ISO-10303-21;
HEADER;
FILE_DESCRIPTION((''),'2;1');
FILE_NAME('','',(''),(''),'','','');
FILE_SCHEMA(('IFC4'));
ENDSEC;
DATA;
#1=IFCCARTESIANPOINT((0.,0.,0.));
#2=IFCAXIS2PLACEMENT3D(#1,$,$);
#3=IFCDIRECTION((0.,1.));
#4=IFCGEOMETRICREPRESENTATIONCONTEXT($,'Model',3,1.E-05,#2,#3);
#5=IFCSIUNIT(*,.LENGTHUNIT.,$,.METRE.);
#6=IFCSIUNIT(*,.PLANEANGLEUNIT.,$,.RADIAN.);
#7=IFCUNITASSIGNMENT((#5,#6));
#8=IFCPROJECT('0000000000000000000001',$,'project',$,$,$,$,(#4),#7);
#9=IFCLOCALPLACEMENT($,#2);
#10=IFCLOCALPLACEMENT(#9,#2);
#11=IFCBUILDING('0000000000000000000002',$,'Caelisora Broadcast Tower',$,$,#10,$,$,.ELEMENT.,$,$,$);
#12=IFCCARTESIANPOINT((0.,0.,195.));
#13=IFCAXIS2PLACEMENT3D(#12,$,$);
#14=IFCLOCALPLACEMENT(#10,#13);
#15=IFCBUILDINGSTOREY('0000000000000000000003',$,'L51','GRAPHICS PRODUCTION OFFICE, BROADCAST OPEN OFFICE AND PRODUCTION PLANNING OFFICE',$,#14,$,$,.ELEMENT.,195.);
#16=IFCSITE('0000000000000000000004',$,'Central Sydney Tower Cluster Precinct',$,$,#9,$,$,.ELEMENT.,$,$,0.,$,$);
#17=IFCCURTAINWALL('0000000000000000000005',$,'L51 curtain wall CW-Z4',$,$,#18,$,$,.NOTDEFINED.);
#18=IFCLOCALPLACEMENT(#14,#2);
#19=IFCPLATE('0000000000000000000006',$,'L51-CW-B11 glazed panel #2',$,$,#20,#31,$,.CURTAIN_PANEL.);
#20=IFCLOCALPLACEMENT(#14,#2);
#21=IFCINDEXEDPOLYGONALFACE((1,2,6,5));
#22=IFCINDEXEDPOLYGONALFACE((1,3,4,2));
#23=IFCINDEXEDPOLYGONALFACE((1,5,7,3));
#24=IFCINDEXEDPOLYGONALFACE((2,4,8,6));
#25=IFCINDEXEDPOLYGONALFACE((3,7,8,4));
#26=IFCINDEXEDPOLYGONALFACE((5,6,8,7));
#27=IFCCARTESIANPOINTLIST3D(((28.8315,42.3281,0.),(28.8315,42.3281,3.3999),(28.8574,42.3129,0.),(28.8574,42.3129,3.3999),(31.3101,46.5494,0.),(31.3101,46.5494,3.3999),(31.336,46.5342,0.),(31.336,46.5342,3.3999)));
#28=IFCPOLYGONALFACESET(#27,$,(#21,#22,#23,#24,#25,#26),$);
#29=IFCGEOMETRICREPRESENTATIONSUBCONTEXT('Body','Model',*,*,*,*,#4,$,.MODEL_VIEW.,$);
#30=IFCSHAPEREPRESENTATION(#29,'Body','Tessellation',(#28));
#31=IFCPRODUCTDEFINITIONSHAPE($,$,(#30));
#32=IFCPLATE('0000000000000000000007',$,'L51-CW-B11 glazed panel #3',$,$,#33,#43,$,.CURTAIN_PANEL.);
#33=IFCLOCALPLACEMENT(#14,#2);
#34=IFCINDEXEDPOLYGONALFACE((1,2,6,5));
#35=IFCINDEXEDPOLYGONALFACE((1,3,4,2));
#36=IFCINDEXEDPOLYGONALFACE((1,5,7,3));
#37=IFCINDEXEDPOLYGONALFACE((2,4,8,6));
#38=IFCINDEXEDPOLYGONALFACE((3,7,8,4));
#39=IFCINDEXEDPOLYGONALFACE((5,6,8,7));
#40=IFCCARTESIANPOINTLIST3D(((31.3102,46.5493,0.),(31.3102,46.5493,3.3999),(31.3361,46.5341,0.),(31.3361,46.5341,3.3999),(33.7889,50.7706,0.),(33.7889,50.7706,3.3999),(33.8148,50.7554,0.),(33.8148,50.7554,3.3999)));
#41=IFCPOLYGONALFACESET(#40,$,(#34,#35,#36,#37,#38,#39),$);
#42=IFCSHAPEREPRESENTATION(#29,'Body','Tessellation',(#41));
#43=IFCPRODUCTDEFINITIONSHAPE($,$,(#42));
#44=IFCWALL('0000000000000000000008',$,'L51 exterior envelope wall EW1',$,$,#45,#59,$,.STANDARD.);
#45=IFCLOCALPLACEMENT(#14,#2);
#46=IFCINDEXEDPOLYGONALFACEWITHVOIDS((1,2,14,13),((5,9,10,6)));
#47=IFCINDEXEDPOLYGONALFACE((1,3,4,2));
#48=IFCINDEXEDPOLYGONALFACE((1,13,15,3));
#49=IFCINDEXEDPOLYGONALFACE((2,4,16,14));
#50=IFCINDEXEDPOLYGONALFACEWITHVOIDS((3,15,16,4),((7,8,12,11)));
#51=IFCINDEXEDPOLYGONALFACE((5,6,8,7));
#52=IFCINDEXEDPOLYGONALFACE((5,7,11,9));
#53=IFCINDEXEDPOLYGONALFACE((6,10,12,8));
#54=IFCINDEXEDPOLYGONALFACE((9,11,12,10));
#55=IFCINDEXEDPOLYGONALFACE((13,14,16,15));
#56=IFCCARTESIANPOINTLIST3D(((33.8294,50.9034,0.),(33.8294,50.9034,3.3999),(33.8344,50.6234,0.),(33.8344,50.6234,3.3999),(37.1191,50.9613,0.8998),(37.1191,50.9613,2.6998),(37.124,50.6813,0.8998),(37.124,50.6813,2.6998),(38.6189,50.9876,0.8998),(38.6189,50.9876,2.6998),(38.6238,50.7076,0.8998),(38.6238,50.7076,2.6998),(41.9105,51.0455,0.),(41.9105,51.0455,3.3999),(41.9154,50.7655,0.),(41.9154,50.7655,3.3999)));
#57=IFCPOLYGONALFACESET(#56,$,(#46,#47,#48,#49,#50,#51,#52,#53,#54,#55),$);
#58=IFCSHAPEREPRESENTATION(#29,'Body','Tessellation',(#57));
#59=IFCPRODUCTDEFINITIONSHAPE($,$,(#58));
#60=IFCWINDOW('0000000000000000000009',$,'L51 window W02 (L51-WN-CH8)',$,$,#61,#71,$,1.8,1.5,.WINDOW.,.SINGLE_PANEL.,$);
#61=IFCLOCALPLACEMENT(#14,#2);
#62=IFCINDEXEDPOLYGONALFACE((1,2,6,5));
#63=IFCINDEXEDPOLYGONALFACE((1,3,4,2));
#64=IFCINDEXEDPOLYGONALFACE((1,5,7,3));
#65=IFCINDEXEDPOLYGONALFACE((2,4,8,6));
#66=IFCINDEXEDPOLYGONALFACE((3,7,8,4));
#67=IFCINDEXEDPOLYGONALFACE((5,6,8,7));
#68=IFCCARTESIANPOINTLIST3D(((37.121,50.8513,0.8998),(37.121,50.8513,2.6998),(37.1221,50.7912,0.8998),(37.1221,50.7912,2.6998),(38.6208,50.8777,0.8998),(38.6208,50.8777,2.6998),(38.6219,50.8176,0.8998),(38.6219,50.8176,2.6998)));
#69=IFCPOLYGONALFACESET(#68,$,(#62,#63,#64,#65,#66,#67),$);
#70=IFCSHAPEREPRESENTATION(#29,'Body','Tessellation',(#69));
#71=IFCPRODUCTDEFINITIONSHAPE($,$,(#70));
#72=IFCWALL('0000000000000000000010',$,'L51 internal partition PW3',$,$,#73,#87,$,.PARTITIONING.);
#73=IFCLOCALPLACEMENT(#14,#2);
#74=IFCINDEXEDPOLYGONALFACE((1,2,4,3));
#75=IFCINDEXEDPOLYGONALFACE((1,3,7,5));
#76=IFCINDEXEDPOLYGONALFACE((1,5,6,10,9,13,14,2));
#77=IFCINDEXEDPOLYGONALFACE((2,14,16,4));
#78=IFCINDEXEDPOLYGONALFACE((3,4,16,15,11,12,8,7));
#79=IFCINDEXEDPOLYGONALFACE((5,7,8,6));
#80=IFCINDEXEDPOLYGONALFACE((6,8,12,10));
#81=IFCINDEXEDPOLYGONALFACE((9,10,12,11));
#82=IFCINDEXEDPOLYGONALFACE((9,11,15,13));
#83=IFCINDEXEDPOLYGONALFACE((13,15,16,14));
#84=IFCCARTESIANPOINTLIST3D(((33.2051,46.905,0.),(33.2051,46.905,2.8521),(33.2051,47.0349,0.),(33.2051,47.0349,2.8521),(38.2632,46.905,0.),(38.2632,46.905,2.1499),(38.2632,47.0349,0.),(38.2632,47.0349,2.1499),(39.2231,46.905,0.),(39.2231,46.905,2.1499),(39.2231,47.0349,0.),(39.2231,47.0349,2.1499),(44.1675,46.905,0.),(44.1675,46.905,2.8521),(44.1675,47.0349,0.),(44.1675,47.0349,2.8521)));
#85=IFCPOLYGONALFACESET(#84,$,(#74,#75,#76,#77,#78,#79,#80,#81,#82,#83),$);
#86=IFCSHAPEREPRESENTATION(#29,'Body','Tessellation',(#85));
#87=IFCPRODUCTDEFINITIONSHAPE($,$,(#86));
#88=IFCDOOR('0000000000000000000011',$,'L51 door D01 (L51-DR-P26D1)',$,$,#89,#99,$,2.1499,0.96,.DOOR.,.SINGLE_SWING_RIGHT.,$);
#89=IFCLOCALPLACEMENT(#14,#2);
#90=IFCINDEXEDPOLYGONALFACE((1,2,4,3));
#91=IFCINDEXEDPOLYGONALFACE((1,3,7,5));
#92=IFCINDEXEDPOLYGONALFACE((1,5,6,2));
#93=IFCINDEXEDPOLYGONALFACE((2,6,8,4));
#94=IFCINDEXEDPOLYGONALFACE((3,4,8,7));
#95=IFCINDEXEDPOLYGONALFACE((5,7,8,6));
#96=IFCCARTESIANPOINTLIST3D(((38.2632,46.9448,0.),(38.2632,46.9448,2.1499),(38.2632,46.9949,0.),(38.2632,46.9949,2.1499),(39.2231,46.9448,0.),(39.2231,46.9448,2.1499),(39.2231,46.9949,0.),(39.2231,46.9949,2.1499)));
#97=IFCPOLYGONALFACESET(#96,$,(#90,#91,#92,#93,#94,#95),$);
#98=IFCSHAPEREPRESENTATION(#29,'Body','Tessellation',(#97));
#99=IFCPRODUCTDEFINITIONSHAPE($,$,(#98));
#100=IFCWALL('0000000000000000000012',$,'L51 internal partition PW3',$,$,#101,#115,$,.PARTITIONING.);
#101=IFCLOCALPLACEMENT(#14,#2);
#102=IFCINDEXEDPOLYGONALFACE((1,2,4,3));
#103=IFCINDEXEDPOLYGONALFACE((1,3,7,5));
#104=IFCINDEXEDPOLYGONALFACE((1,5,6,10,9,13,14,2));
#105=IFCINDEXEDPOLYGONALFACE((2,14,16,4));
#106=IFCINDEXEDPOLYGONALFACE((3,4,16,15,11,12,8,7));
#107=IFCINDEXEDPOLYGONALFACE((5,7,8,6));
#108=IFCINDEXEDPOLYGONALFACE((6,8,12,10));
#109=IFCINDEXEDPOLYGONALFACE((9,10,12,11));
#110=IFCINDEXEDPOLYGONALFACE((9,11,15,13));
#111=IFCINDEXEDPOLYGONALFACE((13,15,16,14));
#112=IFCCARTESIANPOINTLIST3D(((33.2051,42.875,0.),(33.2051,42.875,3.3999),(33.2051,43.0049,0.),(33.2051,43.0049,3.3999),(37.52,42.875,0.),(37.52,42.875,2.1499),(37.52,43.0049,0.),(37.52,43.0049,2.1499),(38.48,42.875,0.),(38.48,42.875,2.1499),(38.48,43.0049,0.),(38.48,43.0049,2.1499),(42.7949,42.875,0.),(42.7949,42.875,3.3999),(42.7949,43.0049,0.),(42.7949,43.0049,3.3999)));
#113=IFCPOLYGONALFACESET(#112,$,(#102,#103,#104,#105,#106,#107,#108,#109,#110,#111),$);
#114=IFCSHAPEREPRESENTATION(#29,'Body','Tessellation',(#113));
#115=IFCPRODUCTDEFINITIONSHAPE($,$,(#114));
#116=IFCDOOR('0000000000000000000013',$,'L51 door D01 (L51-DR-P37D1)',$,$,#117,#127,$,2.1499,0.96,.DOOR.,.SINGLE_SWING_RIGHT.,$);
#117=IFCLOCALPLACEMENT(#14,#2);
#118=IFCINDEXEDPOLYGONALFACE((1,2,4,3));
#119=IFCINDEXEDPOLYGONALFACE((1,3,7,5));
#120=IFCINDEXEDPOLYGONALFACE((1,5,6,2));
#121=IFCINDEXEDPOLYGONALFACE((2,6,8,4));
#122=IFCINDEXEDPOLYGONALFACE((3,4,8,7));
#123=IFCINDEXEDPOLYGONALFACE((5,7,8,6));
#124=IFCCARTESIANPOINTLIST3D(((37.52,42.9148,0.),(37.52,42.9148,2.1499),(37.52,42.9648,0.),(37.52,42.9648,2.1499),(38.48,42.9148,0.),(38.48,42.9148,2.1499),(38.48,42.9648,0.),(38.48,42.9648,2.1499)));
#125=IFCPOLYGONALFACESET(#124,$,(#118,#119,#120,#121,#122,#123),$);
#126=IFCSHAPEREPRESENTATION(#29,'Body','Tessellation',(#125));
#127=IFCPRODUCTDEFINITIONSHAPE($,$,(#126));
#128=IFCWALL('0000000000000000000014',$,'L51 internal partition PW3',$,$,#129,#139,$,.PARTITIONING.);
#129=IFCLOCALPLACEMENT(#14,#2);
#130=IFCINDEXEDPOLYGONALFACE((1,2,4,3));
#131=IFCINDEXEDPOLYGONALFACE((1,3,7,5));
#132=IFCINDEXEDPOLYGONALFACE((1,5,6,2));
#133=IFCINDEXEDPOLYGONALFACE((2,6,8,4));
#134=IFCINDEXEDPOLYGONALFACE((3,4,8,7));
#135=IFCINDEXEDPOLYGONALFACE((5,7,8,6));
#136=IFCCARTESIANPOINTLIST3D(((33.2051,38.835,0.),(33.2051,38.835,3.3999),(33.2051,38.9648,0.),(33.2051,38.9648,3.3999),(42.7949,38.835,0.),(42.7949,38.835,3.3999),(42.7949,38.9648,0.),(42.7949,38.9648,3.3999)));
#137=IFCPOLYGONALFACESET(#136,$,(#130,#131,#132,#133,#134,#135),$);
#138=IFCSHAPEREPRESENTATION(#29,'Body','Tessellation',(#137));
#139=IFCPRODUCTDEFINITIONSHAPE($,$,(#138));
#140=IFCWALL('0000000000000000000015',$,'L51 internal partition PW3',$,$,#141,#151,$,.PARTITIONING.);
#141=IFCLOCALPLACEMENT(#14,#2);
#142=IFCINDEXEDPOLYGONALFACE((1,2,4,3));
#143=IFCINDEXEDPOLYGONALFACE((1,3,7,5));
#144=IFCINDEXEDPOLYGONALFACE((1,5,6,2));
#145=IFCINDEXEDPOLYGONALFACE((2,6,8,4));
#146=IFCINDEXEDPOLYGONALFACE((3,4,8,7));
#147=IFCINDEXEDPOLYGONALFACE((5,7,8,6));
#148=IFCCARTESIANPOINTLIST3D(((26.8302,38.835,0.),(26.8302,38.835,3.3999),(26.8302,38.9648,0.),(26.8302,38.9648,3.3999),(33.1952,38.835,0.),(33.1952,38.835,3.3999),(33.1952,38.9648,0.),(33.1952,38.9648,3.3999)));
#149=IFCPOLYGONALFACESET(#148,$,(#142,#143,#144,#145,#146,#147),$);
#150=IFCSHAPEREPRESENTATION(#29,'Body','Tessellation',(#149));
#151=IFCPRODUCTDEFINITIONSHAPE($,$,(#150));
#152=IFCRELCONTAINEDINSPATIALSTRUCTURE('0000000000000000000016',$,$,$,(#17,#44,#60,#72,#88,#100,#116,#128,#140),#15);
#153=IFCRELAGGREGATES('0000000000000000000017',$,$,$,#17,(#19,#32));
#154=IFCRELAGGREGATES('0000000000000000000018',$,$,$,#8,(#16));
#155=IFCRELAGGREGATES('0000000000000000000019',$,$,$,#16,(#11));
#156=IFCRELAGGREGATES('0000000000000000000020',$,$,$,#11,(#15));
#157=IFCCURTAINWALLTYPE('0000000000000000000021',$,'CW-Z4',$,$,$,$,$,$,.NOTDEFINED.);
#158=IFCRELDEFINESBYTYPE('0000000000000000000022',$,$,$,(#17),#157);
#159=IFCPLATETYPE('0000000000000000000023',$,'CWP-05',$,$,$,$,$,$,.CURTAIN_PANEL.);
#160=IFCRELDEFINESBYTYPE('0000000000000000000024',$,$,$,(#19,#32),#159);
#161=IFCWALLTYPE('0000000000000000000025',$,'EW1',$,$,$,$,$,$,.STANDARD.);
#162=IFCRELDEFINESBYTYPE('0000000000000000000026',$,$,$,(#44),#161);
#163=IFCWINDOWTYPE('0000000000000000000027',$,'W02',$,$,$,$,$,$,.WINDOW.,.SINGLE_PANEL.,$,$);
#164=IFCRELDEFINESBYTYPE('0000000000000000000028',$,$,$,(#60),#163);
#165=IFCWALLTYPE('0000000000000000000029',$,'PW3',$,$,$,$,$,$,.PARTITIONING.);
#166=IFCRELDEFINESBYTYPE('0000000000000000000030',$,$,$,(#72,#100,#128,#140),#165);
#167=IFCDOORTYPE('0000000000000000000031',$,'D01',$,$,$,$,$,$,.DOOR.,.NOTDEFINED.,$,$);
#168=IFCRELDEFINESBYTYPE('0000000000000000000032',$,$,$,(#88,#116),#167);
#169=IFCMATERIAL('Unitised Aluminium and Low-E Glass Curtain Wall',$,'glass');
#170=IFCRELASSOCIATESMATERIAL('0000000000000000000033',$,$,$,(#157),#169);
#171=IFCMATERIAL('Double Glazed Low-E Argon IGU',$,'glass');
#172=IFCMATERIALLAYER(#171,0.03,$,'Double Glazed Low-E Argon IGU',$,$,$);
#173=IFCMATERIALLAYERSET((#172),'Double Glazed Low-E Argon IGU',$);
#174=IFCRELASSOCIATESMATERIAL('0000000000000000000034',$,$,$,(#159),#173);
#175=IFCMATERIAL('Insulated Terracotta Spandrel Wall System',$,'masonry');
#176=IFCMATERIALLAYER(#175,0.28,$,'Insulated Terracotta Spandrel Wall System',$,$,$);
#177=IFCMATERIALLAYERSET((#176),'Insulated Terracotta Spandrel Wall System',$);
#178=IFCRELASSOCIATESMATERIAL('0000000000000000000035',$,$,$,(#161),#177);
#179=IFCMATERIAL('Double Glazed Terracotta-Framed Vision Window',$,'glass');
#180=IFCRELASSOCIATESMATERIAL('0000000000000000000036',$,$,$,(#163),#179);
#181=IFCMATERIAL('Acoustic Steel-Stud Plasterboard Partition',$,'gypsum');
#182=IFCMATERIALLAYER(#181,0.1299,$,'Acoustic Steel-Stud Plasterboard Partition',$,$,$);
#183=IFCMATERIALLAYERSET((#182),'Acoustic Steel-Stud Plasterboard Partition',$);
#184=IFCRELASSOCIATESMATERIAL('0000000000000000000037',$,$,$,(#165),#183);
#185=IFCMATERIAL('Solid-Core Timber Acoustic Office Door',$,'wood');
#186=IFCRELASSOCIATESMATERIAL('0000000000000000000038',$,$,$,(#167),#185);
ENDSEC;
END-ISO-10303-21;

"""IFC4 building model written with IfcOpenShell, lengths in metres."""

from ifc_helpers import new_model, si_unit, direction, frame, frame_2d, origin, origin_2d, place, context, subcontext, project, spatial, rectangle, extrude, source, transform, mapped, material, layer, layer_set, type_object, type_shapes, element, fill, aggregate, save


model = new_model("IFC4")

# Units and contexts
model_context = context("Model", 3, precision=1e-05, world=origin(), true_north=direction((0.0, 1.0)))
body_context = subcontext(model_context, "Body", "Model", "MODEL_VIEW")
ifc_project = project(units=[si_unit("LENGTHUNIT", "METRE"), si_unit("PLANEANGLEUNIT", "RADIAN")], contexts=[model_context])

# Site, building, storey
site_placement = place(None, origin())
site = spatial("IfcSite", under=ifc_project, at=site_placement, Name="Central Sydney Tower Cluster Precinct", CompositionType="ELEMENT", RefElevation=0.0)
building_placement = place(site_placement, origin())
building = spatial("IfcBuilding", under=site, at=building_placement, Name="Caelisora Broadcast Tower", CompositionType="ELEMENT")
storey_placement = place(building_placement, frame((0.0, 0.0, 195.0)))
storey = spatial("IfcBuildingStorey", under=building, at=storey_placement, Name="L51", Description="GRAPHICS PRODUCTION OFFICE, BROADCAST OPEN OFFICE AND PRODUCTION PLANNING OFFICE", CompositionType="ELEMENT", Elevation=195.0)

# Curtain wall, plates
ifc_material_1 = material(Name="Unitised Aluminium and Low-E Glass Curtain Wall", Category="glass")
curtain_wall_type = type_object("IfcCurtainWallType", Name="CW-Z4", PredefinedType="NOTDEFINED", material=ifc_material_1)
curtain_wall_placement = place(storey_placement, origin())
curtain_wall = element("IfcCurtainWall", 1, at=curtain_wall_placement, inside=storey, type_object=curtain_wall_type, Name="L51 curtain wall CW-Z4", PredefinedType="NOTDEFINED")
ifc_material_2 = material(Name="Double Glazed Low-E Argon IGU", Category="glass")
ifc_layer_1 = layer(ifc_material_2, 0.03, Name="Double Glazed Low-E Argon IGU")
ifc_layer_set_1 = layer_set([ifc_layer_1], Name="Double Glazed Low-E Argon IGU")
plate_type = type_object("IfcPlateType", Name="CWP-05", PredefinedType="CURTAIN_PANEL", material=ifc_layer_set_1)
shared_shape_1 = source(origin(), body_context, "Body", "SweptSolid", [
    extrude(rectangle(XDim=4.8953, YDim=0.03, at=origin_2d()), origin(), (0.0, 0.0, 1.0), 3.3999),
])
type_shapes(plate_type, [shared_shape_1])
plate_1_placement = place(storey_placement, frame((30.0837, 44.4312, 0.0), z_axis=(0.0, 0.0, 1.0), x_axis=(0.506335, 0.862337, 0.0)))
plate_1 = element("IfcPlate", 2, at=plate_1_placement, type_object=plate_type, Name="L51-CW-B11 glazed panel #2", PredefinedType="CURTAIN_PANEL", context=body_context, shape_type="MappedRepresentation", body=[
    mapped(shared_shape_1, transform((0.0, 0.0, 0.0), scale=1.0)),
])
plate_2_placement = place(storey_placement, frame((32.5625, 48.6523, 0.0), z_axis=(0.0, 0.0, 1.0), x_axis=(0.506335, 0.862337, 0.0)))
plate_2 = element("IfcPlate", 3, at=plate_2_placement, type_object=plate_type, Name="L51-CW-B11 glazed panel #3", PredefinedType="CURTAIN_PANEL", context=body_context, shape_type="MappedRepresentation", body=[
    mapped(shared_shape_1, transform((0.0, 0.0, 0.0), scale=1.0)),
])
aggregate(curtain_wall, [plate_1, plate_2])

# Wall, opening, window
ifc_material_3 = material(Name="Insulated Terracotta Spandrel Wall System", Category="masonry")
ifc_layer_2 = layer(ifc_material_3, 0.28, Name="Insulated Terracotta Spandrel Wall System")
ifc_layer_set_2 = layer_set([ifc_layer_2], Name="Insulated Terracotta Spandrel Wall System")
wall_type_1 = type_object("IfcWallType", Name="EW1", PredefinedType="STANDARD", material=ifc_layer_set_2)
wall_1_placement = place(storey_placement, frame((33.832, 50.7634, 0.0), z_axis=(0.0, 0.0, 1.0), x_axis=(0.999845, 0.01758, 0.0)))
wall_1 = element("IfcWall", 4, at=wall_1_placement, inside=storey, type_object=wall_type_1, Name="L51 exterior envelope wall EW1", PredefinedType="STANDARD", context=body_context, shape_type="SweptSolid", body=[
    extrude(rectangle(XDim=8.0823, YDim=0.28, at=frame_2d((4.041, 0.0))), origin(), (0.0, 0.0, 1.0), 3.3999),
])
opening_1_placement = place(wall_1_placement, frame((3.29, 0.0, 0.8999)))
opening_1 = element("IfcOpeningElement", 5, at=opening_1_placement, cuts=wall_1, PredefinedType="OPENING", context=body_context, shape_type="SweptSolid", body=[
    extrude(rectangle(XDim=1.5, YDim=1.8, at=frame_2d((0.75, 0.8999))), frame((0.0, 0.1521, 0.0), z_axis=(0.0, -1.0, 0.0), x_axis=(1.0, 0.0, 0.0)), (0.0, 0.0, 1.0), 0.304),
])
ifc_material_4 = material(Name="Double Glazed Terracotta-Framed Vision Window", Category="glass")
window_type = type_object("IfcWindowType", Name="W02", PartitioningType="SINGLE_PANEL", PredefinedType="WINDOW", material=ifc_material_4)
window_placement = place(opening_1_placement, origin())
window = element("IfcWindow", 6, at=window_placement, inside=storey, type_object=window_type, Name="L51 window W02 (L51-WN-CH8)", OverallHeight=1.8, OverallWidth=1.5, PartitioningType="SINGLE_PANEL", PredefinedType="WINDOW", context=body_context, shape_type="SweptSolid", body=[
    extrude(rectangle(XDim=1.5, YDim=1.8, at=frame_2d((0.75, 0.8999))), frame((0.0, 0.03, 0.0), z_axis=(0.0, -1.0, 0.0), x_axis=(1.0, 0.0, 0.0)), (0.0, 0.0, 1.0), 0.0601),
])
fill(opening_1, window)

# Walls, openings, doors
ifc_material_5 = material(Name="Acoustic Steel-Stud Plasterboard Partition", Category="gypsum")
ifc_layer_3 = layer(ifc_material_5, 0.1299, Name="Acoustic Steel-Stud Plasterboard Partition")
ifc_layer_set_3 = layer_set([ifc_layer_3], Name="Acoustic Steel-Stud Plasterboard Partition")
wall_type_2 = type_object("IfcWallType", Name="PW3", PredefinedType="PARTITIONING", material=ifc_layer_set_3)
wall_2_placement = place(storey_placement, frame((33.2051, 46.97, 0.0), z_axis=(0.0, 0.0, 1.0), x_axis=(1.0, 0.0, 0.0)))
wall_2 = element("IfcWall", 7, at=wall_2_placement, inside=storey, type_object=wall_type_2, Name="L51 internal partition PW3", PredefinedType="PARTITIONING", context=body_context, shape_type="SweptSolid", body=[
    extrude(rectangle(XDim=10.9624, YDim=0.1299, at=frame_2d((5.4812, 0.0))), origin(), (0.0, 0.0, 1.0), 2.8521),
])
opening_2_placement = place(wall_2_placement, frame((5.0581, 0.0, 0.0)))
opening_2 = element("IfcOpeningElement", 8, at=opening_2_placement, cuts=wall_2, PredefinedType="OPENING", context=body_context, shape_type="SweptSolid", body=[
    extrude(rectangle(XDim=0.96, YDim=2.1499, at=frame_2d((0.48, 1.075))), frame((0.0, 0.0769, 0.0), z_axis=(0.0, -1.0, 0.0), x_axis=(1.0, 0.0, 0.0)), (0.0, 0.0, 1.0), 0.1538),
])
ifc_material_6 = material(Name="Solid-Core Timber Acoustic Office Door", Category="wood")
door_type = type_object("IfcDoorType", Name="D01", OperationType="NOTDEFINED", PredefinedType="DOOR", material=ifc_material_6)
door_1_placement = place(opening_2_placement, origin())
door_1 = element("IfcDoor", 9, at=door_1_placement, inside=storey, type_object=door_type, Name="L51 door D01 (L51-DR-P26D1)", OperationType="SINGLE_SWING_RIGHT", OverallHeight=2.1499, OverallWidth=0.96, PredefinedType="DOOR", context=body_context, shape_type="SweptSolid", body=[
    extrude(rectangle(XDim=0.96, YDim=2.1499, at=frame_2d((0.48, 1.075))), frame((0.0, 0.0249, 0.0), z_axis=(0.0, -1.0, 0.0), x_axis=(1.0, 0.0, 0.0)), (0.0, 0.0, 1.0), 0.05),
])
fill(opening_2, door_1)
wall_3_placement = place(storey_placement, frame((33.2051, 42.9399, 0.0), z_axis=(0.0, 0.0, 1.0), x_axis=(1.0, 0.0, 0.0)))
wall_3 = element("IfcWall", 10, at=wall_3_placement, inside=storey, type_object=wall_type_2, Name="L51 internal partition PW3", PredefinedType="PARTITIONING", context=body_context, shape_type="SweptSolid", body=[
    extrude(rectangle(XDim=9.5898, YDim=0.1299, at=frame_2d((4.7949, 0.0))), origin(), (0.0, 0.0, 1.0), 3.3999),
])
opening_3_placement = place(wall_3_placement, frame((4.3149, 0.0, 0.0)))
opening_3 = element("IfcOpeningElement", 11, at=opening_3_placement, cuts=wall_3, PredefinedType="OPENING", context=body_context, shape_type="SweptSolid", body=[
    extrude(rectangle(XDim=0.96, YDim=2.1499, at=frame_2d((0.48, 1.075))), frame((0.0, 0.0769, 0.0), z_axis=(0.0, -1.0, 0.0), x_axis=(1.0, 0.0, 0.0)), (0.0, 0.0, 1.0), 0.1538),
])
door_2_placement = place(opening_3_placement, origin())
door_2 = element("IfcDoor", 12, at=door_2_placement, inside=storey, type_object=door_type, Name="L51 door D01 (L51-DR-P37D1)", OperationType="SINGLE_SWING_RIGHT", OverallHeight=2.1499, OverallWidth=0.96, PredefinedType="DOOR", context=body_context, shape_type="SweptSolid", body=[
    extrude(rectangle(XDim=0.96, YDim=2.1499, at=frame_2d((0.48, 1.075))), frame((0.0, 0.0249, 0.0), z_axis=(0.0, -1.0, 0.0), x_axis=(1.0, 0.0, 0.0)), (0.0, 0.0, 1.0), 0.05),
])
fill(opening_3, door_2)

# Walls
wall_4_placement = place(storey_placement, frame((33.2051, 38.8999, 0.0), z_axis=(0.0, 0.0, 1.0), x_axis=(1.0, 0.0, 0.0)))
element("IfcWall", 13, at=wall_4_placement, inside=storey, type_object=wall_type_2, Name="L51 internal partition PW3", PredefinedType="PARTITIONING", context=body_context, shape_type="SweptSolid", body=[
    extrude(rectangle(XDim=9.5898, YDim=0.1299, at=frame_2d((4.7949, 0.0))), origin(), (0.0, 0.0, 1.0), 3.3999),
])
wall_5_placement = place(storey_placement, frame((26.8301, 38.8999, 0.0), z_axis=(0.0, 0.0, 1.0), x_axis=(1.0, 0.0, 0.0)))
element("IfcWall", 14, at=wall_5_placement, inside=storey, type_object=wall_type_2, Name="L51 internal partition PW3", PredefinedType="PARTITIONING", context=body_context, shape_type="SweptSolid", body=[
    extrude(rectangle(XDim=6.365, YDim=0.1299, at=frame_2d((3.1826, 0.0))), origin(), (0.0, 0.0, 1.0), 3.3999),
])

save(model, "model.ifc")
